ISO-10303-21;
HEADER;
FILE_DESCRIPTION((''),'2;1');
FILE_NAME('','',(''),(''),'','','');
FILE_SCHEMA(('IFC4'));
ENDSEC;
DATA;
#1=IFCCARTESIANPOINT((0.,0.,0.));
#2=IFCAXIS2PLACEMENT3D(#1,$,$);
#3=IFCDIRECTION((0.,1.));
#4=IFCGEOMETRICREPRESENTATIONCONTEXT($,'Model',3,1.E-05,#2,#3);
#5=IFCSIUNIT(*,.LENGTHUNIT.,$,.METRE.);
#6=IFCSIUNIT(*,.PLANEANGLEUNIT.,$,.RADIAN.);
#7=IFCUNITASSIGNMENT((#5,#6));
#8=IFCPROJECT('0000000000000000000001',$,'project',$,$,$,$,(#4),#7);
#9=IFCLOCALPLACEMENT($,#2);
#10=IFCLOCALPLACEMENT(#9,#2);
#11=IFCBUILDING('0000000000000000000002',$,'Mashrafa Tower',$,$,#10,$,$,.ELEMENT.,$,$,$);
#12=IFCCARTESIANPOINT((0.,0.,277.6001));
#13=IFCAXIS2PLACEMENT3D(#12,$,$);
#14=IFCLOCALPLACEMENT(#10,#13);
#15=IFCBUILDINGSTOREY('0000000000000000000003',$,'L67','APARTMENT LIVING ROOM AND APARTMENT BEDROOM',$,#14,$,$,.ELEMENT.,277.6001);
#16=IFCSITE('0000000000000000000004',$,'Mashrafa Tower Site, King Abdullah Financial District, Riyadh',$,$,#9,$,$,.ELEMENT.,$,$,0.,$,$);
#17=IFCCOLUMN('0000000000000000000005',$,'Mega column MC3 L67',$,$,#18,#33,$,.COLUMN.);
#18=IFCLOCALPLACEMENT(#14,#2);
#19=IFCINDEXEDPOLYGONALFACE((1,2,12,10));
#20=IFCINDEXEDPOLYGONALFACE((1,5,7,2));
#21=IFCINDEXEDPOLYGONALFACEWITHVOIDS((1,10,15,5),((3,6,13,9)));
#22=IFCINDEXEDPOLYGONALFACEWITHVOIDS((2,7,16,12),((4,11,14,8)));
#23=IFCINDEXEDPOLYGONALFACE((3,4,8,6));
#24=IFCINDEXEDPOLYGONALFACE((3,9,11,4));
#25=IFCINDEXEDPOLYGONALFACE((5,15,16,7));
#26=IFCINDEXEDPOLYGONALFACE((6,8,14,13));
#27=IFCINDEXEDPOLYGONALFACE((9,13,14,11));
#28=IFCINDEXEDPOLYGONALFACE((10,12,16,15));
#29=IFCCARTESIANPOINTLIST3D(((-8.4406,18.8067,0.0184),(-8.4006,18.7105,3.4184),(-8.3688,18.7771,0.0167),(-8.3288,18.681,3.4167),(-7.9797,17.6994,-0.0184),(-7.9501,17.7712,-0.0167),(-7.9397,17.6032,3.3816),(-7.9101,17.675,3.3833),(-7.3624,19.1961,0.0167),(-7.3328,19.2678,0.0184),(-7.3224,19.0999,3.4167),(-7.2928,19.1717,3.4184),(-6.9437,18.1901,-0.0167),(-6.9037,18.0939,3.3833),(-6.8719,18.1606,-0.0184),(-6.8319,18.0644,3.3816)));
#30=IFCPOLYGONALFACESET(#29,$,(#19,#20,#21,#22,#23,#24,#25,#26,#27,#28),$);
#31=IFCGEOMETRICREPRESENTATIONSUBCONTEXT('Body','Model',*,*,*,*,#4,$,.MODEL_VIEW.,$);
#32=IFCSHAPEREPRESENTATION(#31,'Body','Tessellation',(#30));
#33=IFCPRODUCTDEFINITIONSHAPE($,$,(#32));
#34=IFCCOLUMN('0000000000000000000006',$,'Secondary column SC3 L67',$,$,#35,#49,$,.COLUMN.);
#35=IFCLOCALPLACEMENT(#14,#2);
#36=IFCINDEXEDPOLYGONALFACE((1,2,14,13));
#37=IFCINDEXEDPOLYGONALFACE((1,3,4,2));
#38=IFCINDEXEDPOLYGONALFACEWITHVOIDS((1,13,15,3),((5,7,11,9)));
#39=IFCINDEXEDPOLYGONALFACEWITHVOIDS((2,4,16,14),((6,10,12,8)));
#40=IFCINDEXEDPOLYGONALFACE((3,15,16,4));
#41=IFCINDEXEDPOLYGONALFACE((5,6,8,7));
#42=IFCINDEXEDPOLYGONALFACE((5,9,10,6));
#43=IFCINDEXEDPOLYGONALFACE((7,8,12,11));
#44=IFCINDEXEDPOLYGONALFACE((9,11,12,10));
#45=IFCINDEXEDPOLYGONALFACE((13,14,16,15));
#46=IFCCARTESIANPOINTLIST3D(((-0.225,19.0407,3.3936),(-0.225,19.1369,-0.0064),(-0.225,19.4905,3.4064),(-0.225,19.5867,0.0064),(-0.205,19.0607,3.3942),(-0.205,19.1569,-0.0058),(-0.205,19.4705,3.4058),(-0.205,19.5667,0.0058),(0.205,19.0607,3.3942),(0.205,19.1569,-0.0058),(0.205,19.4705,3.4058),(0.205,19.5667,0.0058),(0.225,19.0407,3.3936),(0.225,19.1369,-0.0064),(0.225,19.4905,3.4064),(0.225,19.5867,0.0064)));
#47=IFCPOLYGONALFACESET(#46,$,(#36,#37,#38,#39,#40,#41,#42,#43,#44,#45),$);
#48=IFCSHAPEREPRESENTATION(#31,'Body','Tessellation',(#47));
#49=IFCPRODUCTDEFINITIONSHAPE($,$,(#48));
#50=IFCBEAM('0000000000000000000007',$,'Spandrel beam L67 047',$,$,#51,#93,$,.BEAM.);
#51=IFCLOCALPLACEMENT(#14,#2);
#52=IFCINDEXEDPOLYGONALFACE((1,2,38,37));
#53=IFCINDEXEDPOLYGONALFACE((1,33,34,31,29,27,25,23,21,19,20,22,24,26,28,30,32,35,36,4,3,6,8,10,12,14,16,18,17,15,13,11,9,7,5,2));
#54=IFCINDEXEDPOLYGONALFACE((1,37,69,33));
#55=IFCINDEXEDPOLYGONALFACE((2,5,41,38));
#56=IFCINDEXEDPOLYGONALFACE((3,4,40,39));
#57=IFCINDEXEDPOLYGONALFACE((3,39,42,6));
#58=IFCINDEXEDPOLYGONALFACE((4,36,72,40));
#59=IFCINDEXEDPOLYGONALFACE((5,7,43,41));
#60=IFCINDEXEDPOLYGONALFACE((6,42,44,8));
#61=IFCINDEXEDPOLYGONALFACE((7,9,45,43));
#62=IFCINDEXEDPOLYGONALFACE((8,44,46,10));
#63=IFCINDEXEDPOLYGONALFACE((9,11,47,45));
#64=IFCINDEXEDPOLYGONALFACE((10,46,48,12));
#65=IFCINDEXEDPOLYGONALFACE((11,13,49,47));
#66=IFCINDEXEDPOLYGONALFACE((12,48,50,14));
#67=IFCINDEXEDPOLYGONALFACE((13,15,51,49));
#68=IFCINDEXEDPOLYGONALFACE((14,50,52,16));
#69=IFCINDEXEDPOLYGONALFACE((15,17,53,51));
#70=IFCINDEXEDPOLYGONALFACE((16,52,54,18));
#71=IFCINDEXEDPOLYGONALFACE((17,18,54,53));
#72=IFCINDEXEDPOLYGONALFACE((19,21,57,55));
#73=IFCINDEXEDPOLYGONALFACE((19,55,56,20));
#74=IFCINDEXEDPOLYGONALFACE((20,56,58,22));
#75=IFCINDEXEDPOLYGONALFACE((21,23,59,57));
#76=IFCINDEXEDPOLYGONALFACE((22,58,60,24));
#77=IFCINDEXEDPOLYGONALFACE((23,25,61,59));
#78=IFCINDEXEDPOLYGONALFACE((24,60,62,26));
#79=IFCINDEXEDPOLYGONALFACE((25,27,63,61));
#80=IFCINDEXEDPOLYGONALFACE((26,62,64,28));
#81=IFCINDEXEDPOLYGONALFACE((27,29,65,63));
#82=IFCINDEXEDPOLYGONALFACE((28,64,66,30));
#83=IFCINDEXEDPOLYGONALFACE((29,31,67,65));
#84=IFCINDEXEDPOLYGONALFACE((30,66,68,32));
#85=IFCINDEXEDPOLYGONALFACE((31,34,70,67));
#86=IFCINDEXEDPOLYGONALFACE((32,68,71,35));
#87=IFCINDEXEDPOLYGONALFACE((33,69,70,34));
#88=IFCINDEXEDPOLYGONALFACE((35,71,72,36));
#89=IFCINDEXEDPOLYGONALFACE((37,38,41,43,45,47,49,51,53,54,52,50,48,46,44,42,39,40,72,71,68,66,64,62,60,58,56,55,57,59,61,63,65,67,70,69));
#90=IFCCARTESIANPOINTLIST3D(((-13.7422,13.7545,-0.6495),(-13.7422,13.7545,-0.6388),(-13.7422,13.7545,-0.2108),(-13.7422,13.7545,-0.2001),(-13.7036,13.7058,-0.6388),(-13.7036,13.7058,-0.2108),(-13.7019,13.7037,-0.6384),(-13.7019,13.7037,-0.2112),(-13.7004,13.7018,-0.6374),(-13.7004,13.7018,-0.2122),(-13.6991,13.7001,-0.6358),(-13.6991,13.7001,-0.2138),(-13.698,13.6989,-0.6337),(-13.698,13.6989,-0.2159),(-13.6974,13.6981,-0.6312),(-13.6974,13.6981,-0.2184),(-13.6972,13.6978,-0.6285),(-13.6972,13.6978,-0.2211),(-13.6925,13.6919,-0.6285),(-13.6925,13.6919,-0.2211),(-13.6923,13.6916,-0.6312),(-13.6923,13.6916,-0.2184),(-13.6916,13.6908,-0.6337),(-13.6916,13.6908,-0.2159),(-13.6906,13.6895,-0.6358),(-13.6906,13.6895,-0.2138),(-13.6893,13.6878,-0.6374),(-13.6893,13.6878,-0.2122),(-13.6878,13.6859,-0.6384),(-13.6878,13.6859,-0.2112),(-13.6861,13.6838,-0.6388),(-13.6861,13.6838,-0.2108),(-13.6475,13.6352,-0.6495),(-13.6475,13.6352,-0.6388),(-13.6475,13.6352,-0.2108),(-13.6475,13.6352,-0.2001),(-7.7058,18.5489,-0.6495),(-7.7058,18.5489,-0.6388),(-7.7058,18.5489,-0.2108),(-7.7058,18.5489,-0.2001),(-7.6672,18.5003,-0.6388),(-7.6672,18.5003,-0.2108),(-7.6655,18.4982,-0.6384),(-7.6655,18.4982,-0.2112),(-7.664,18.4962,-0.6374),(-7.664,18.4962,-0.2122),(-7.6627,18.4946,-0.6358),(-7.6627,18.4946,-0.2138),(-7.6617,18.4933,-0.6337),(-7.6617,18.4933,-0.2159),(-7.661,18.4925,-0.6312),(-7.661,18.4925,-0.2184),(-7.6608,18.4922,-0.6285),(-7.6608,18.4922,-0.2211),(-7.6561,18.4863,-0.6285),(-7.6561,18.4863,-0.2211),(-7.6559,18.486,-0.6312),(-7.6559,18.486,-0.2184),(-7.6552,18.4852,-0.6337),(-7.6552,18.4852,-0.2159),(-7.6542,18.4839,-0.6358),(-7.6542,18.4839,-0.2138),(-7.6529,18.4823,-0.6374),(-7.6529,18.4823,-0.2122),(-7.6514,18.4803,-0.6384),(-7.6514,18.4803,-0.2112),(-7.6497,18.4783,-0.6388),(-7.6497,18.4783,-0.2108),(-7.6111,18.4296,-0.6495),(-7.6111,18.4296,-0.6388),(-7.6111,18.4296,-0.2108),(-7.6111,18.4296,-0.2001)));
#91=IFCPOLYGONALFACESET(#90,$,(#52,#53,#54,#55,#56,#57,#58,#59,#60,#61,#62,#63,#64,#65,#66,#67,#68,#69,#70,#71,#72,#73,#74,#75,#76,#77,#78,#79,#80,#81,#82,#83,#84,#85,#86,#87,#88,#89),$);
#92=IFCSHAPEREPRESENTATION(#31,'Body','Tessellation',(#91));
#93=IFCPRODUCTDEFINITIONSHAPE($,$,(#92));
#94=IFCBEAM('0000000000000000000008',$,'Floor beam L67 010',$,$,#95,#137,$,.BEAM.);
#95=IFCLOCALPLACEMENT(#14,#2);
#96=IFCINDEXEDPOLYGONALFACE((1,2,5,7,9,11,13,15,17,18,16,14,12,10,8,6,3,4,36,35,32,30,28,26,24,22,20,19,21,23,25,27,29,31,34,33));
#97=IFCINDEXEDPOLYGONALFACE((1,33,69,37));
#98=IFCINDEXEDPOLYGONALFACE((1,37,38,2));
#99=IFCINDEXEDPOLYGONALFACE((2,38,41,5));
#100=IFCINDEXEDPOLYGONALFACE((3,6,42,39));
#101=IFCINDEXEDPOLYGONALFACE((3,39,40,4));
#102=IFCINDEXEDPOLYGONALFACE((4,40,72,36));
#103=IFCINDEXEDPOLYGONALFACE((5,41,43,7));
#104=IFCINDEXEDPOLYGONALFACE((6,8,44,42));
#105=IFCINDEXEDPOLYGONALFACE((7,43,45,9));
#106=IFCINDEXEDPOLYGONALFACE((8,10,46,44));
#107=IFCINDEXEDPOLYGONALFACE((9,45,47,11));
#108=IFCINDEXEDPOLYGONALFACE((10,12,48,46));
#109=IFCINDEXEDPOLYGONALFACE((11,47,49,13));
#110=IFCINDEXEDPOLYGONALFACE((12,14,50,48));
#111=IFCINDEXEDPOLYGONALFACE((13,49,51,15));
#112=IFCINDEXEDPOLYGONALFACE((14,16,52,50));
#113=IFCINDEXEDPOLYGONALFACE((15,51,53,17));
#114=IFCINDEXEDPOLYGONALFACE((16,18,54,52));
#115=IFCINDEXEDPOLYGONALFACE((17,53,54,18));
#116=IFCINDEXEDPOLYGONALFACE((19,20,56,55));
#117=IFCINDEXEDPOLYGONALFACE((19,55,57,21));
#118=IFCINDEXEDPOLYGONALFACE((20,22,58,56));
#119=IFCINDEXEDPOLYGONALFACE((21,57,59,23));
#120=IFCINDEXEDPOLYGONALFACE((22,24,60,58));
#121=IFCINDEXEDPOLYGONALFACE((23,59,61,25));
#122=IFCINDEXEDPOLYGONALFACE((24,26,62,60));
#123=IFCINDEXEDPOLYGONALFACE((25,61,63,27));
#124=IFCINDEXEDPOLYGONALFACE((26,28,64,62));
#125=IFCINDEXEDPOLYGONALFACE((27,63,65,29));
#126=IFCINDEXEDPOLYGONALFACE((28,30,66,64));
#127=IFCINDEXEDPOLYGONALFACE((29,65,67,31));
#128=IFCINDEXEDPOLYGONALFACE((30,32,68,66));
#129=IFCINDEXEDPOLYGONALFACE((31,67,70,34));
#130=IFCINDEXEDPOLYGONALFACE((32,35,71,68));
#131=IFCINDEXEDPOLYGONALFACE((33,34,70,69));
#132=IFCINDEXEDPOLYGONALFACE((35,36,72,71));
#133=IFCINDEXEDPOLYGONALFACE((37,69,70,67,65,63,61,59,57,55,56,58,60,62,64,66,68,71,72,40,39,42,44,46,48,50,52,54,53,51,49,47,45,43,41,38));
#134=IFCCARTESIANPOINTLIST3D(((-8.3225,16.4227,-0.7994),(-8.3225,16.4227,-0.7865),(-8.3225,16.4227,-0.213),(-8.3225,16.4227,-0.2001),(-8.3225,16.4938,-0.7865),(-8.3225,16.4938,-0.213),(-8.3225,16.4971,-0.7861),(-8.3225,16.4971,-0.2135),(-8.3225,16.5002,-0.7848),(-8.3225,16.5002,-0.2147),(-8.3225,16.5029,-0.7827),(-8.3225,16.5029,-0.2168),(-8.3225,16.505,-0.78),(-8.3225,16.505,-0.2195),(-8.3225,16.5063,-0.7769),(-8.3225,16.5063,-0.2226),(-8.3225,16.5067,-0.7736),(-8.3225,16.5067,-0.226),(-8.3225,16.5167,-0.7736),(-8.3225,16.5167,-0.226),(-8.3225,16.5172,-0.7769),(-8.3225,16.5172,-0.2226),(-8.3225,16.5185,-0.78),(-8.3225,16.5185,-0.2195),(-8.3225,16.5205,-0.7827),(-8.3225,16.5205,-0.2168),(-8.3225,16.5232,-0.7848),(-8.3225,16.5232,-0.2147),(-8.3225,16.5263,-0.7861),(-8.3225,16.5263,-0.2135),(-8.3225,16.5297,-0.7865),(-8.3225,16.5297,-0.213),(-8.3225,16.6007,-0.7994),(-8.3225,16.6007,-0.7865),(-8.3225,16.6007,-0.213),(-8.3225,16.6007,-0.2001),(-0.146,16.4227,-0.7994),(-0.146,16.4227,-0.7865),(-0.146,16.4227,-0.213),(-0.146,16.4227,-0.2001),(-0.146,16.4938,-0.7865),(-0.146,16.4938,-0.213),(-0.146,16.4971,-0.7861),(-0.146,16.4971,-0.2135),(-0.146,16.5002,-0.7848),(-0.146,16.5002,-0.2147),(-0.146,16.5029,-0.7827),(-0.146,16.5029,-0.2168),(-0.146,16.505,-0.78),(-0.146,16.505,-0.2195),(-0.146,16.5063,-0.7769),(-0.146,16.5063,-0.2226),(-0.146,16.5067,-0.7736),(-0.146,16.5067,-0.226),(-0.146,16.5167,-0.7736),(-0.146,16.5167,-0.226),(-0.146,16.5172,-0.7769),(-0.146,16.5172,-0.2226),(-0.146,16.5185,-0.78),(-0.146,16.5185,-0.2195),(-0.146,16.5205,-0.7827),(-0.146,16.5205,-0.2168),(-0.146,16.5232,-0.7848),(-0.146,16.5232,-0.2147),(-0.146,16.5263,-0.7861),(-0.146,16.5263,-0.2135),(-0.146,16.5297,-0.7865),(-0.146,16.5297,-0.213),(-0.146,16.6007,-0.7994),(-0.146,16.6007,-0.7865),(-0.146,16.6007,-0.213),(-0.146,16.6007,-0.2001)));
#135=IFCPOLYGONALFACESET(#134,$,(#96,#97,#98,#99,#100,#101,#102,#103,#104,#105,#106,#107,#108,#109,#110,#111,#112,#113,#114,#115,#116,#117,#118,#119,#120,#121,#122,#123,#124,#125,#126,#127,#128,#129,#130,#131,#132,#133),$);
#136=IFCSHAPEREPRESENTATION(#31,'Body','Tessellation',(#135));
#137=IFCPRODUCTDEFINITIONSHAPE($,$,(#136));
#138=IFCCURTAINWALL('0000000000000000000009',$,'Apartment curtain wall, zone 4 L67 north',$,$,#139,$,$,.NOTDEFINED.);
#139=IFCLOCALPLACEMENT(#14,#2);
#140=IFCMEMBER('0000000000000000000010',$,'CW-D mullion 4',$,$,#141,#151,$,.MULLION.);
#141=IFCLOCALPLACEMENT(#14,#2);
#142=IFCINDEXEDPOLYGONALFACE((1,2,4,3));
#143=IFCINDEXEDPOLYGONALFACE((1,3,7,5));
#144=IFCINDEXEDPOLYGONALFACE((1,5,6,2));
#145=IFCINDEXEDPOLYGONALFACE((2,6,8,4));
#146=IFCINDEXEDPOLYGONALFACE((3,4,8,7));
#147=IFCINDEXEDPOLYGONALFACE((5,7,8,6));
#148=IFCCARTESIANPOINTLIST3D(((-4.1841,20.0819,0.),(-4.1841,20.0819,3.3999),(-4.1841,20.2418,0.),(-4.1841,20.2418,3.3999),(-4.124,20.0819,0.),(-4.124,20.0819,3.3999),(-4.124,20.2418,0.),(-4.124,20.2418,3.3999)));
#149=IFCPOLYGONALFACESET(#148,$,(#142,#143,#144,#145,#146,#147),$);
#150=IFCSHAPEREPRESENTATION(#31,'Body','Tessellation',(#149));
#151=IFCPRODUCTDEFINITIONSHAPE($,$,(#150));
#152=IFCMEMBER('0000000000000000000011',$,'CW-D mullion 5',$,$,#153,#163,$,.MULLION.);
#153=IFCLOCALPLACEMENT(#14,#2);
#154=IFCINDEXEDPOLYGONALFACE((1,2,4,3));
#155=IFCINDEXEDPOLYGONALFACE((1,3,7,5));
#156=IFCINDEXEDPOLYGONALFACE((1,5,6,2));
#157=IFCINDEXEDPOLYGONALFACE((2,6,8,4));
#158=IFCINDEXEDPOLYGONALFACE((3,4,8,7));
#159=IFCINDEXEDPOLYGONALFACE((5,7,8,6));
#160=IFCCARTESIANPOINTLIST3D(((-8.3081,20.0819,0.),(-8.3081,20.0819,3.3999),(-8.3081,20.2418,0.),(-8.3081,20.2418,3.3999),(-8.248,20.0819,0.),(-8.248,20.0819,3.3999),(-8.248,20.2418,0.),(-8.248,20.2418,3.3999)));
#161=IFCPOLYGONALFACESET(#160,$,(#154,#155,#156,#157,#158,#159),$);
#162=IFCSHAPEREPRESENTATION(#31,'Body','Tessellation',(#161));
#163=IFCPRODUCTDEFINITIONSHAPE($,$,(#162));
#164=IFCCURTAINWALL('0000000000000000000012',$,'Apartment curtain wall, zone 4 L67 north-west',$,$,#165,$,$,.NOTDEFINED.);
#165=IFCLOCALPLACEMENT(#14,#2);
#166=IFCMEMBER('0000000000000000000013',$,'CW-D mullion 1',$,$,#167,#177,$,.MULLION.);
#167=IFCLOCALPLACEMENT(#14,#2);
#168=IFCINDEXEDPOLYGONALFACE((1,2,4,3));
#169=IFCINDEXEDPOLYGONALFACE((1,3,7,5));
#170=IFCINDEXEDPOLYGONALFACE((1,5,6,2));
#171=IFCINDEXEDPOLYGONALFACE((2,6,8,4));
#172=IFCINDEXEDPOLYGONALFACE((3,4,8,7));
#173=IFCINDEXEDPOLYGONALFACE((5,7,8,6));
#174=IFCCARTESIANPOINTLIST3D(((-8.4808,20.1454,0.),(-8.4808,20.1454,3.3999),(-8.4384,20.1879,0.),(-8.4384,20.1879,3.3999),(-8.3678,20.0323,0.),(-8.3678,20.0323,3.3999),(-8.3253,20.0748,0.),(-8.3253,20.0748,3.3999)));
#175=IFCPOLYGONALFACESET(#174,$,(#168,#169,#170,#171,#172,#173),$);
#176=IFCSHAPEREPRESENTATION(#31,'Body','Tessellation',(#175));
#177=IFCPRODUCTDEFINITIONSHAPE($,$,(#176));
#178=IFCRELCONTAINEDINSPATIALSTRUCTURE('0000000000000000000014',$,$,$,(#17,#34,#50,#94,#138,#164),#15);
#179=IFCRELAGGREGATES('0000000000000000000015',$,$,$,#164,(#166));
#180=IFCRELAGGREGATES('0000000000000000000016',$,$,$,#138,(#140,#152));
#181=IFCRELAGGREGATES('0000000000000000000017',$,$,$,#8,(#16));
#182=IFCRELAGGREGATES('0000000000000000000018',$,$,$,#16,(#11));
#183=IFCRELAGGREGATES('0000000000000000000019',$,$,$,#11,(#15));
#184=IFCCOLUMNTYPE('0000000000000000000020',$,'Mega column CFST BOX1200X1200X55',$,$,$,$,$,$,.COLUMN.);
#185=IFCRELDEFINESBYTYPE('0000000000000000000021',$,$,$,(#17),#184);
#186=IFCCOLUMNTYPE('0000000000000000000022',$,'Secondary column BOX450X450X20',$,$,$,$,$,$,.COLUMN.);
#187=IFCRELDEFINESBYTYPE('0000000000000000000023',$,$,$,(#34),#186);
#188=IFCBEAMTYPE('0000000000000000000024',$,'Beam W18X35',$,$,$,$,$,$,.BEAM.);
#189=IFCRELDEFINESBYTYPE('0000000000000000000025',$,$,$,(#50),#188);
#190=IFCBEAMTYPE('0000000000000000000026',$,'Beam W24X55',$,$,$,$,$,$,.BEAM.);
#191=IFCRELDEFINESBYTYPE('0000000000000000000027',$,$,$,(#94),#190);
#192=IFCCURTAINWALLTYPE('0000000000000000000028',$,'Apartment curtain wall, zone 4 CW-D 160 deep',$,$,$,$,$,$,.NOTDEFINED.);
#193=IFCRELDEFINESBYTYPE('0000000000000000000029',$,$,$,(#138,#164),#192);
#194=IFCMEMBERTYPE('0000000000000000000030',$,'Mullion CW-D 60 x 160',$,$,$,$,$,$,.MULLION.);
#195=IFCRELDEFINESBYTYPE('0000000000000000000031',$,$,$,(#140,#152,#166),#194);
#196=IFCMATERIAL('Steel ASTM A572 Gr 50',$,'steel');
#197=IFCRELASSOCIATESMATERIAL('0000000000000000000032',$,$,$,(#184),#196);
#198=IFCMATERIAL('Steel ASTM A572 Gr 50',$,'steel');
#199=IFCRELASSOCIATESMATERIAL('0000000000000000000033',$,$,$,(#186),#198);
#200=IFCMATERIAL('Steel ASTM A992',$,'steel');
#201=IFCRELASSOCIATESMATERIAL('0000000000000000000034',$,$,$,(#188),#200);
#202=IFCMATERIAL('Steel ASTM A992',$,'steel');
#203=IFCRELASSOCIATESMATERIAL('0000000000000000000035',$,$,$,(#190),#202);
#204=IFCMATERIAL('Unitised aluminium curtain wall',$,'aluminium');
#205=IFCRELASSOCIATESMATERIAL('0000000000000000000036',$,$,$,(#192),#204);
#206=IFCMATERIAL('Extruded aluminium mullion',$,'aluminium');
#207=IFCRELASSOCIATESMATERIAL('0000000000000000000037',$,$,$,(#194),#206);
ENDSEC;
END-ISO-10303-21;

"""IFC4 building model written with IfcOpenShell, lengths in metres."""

from ifc_helpers import new_model, si_unit, direction, frame, origin, origin_2d, place, context, subcontext, project, spatial, rectangle, hollow_rectangle, i_section, extrude, source, transform, mapped, material, material_profile, profile_set, type_object, type_shapes, element, aggregate, save


model = new_model("IFC4")

# Units and contexts
model_context = context("Model", 3, precision=1e-05, world=origin(), true_north=direction((0.0, 1.0)))
body_context = subcontext(model_context, "Body", "Model", "MODEL_VIEW")
ifc_project = project(units=[si_unit("LENGTHUNIT", "METRE"), si_unit("PLANEANGLEUNIT", "RADIAN")], contexts=[model_context])

# Site, building, storey
site_placement = place(None, origin())
site = spatial("IfcSite", under=ifc_project, at=site_placement, Name="Mashrafa Tower Site, King Abdullah Financial District, Riyadh", CompositionType="ELEMENT", RefElevation=0.0)
building_placement = place(site_placement, origin())
building = spatial("IfcBuilding", under=site, at=building_placement, Name="Mashrafa Tower", CompositionType="ELEMENT")
storey_placement = place(building_placement, frame((0.0, 0.0, 277.6001)))
storey = spatial("IfcBuildingStorey", under=building, at=storey_placement, Name="L67", Description="APARTMENT LIVING ROOM AND APARTMENT BEDROOM", CompositionType="ELEMENT", Elevation=277.6001)

# Columns
ifc_material_1 = material(Name="Steel ASTM A572 Gr 50", Category="steel")
ifc_material_profile_1 = material_profile(ifc_material_1, hollow_rectangle(XDim=1.2, YDim=1.2, WallThickness=0.0549, at=origin_2d()), Name="BOX1200X1200X55")
ifc_profile_set_1 = profile_set([ifc_material_profile_1], Name="Steel ASTM A572 Gr 50")
column_type_1 = type_object("IfcColumnType", Name="Mega column CFST BOX1200X1200X55", PredefinedType="COLUMN", material=ifc_profile_set_1)
column_1_placement = place(storey_placement, frame((-7.6562, 18.4836, 0.0), z_axis=(0.011771, -0.028279, 0.999531), x_axis=(0.923216, 0.384283, 0.0)))
element("IfcColumn", 1, at=column_1_placement, inside=storey, type_object=column_type_1, Name="Mega column MC3 L67", PredefinedType="COLUMN", context=body_context, shape_type="SweptSolid", body=[
    extrude(hollow_rectangle(XDim=1.2, YDim=1.2, WallThickness=0.0549, at=origin_2d()), origin(), (0.0, 0.0, 1.0), 3.4016),
])
ifc_material_2 = material(Name="Steel ASTM A572 Gr 50", Category="steel")
ifc_material_profile_2 = material_profile(ifc_material_2, hollow_rectangle(XDim=0.45, YDim=0.45, WallThickness=0.02, at=origin_2d()), Name="BOX450X450X20")
ifc_profile_set_2 = profile_set([ifc_material_profile_2], Name="Steel ASTM A572 Gr 50")
column_type_2 = type_object("IfcColumnType", Name="Secondary column BOX450X450X20", PredefinedType="COLUMN", material=ifc_profile_set_2)
column_2_placement = place(storey_placement, frame((0.0, 19.3618, 0.0), z_axis=(0.0, -0.028281, 0.9996), x_axis=(1.0, 0.0, 0.0)))
element("IfcColumn", 2, at=column_2_placement, inside=storey, type_object=column_type_2, Name="Secondary column SC3 L67", PredefinedType="COLUMN", context=body_context, shape_type="SweptSolid", body=[
    extrude(hollow_rectangle(XDim=0.45, YDim=0.45, WallThickness=0.02, at=origin_2d()), origin(), (0.0, 0.0, 1.0), 3.4014),
])

# Beams
ifc_material_3 = material(Name="Steel ASTM A992", Category="steel")
ifc_material_profile_3 = material_profile(ifc_material_3, i_section(OverallWidth=0.1523, OverallDepth=0.4495, WebThickness=0.0076, FlangeThickness=0.0107, FilletRadius=0.0103, at=origin_2d()), Name="W18X35")
ifc_profile_set_3 = profile_set([ifc_material_profile_3], Name="Steel ASTM A992")
beam_type_1 = type_object("IfcBeamType", Name="Beam W18X35", PredefinedType="BEAM", material=ifc_profile_set_3)
beam_1_placement = place(storey_placement, frame((-7.6584, 18.4893, -0.4248), z_axis=(-0.783058, -0.621949, 0.0), x_axis=(0.621949, -0.783058, 0.0)))
element("IfcBeam", 3, at=beam_1_placement, inside=storey, type_object=beam_type_1, Name="Spandrel beam L67 047", PredefinedType="BEAM", context=body_context, shape_type="SweptSolid", body=[
    extrude(i_section(OverallWidth=0.1523, OverallDepth=0.4495, WebThickness=0.0076, FlangeThickness=0.0107, FilletRadius=0.0103, at=origin_2d()), origin(), (0.0, 0.0, 1.0), 7.7087),
])
ifc_material_4 = material(Name="Steel ASTM A992", Category="steel")
ifc_material_profile_4 = material_profile(ifc_material_4, i_section(OverallWidth=0.178, OverallDepth=0.5994, WebThickness=0.01, FlangeThickness=0.0129, FilletRadius=0.0129, at=origin_2d()), Name="W24X55")
ifc_profile_set_4 = profile_set([ifc_material_profile_4], Name="Steel ASTM A992")
beam_type_2 = type_object("IfcBeamType", Name="Beam W24X55", PredefinedType="BEAM", material=ifc_profile_set_4)
beam_2_placement = place(storey_placement, frame((-8.3225, 16.5117, -0.4998), z_axis=(1.0, 0.0, 0.0), x_axis=(0.0, 1.0, 0.0)))
element("IfcBeam", 4, at=beam_2_placement, inside=storey, type_object=beam_type_2, Name="Floor beam L67 010", PredefinedType="BEAM", context=body_context, shape_type="SweptSolid", body=[
    extrude(i_section(OverallWidth=0.178, OverallDepth=0.5994, WebThickness=0.01, FlangeThickness=0.0129, FilletRadius=0.0129, at=origin_2d()), origin(), (0.0, 0.0, 1.0), 8.1765),
])

# Curtain wall, members
ifc_material_5 = material(Name="Unitised aluminium curtain wall", Category="aluminium")
curtain_wall_type = type_object("IfcCurtainWallType", Name="Apartment curtain wall, zone 4 CW-D 160 deep", PredefinedType="NOTDEFINED", material=ifc_material_5)
curtain_wall_1_placement = place(storey_placement, origin())
curtain_wall_1 = element("IfcCurtainWall", 5, at=curtain_wall_1_placement, inside=storey, type_object=curtain_wall_type, Name="Apartment curtain wall, zone 4 L67 north", PredefinedType="NOTDEFINED")
ifc_material_6 = material(Name="Extruded aluminium mullion", Category="aluminium")
ifc_material_profile_5 = material_profile(ifc_material_6, rectangle(XDim=0.1599, YDim=0.0601, at=origin_2d()), Name="Mullion 60x160")
ifc_profile_set_5 = profile_set([ifc_material_profile_5], Name="Extruded aluminium mullion")
member_type_1 = type_object("IfcMemberType", Name="Mullion CW-D 60 x 160", PredefinedType="MULLION", material=ifc_profile_set_5)
shared_shape_1 = source(origin(), body_context, "Body", "SweptSolid", [
    extrude(rectangle(XDim=0.1599, YDim=0.0601, at=origin_2d()), origin(), (0.0, 0.0, 1.0), 3.3999),
])
type_shapes(member_type_1, [shared_shape_1])
member_1_placement = place(storey_placement, frame((-4.1541, 20.1619, 0.0), z_axis=(0.0, 0.0, 1.0), x_axis=(0.0, -1.0, 0.0)))
member_1 = element("IfcMember", 6, at=member_1_placement, type_object=member_type_1, Name="CW-D mullion 4", PredefinedType="MULLION", context=body_context, shape_type="MappedRepresentation", body=[
    mapped(shared_shape_1, transform((0.0, 0.0, 0.0))),
])
member_2_placement = place(storey_placement, frame((-8.2781, 20.1619, 0.0), z_axis=(0.0, 0.0, 1.0), x_axis=(0.0, -1.0, 0.0)))
member_2 = element("IfcMember", 7, at=member_2_placement, type_object=member_type_1, Name="CW-D mullion 5", PredefinedType="MULLION", context=body_context, shape_type="MappedRepresentation", body=[
    mapped(shared_shape_1, transform((0.0, 0.0, 0.0))),
])

# Curtain wall, member
curtain_wall_2_placement = place(storey_placement, origin())
curtain_wall_2 = element("IfcCurtainWall", 8, at=curtain_wall_2_placement, inside=storey, type_object=curtain_wall_type, Name="Apartment curtain wall, zone 4 L67 north-west", PredefinedType="NOTDEFINED")
member_3_placement = place(storey_placement, frame((-8.4031, 20.1101, 0.0), z_axis=(0.0, 0.0, 1.0), x_axis=(0.707107, -0.707107, 0.0)))
member_3 = element("IfcMember", 9, at=member_3_placement, type_object=member_type_1, Name="CW-D mullion 1", PredefinedType="MULLION", context=body_context, shape_type="MappedRepresentation", body=[
    mapped(shared_shape_1, transform((0.0, 0.0, 0.0))),
])

aggregate(curtain_wall_2, [member_3])
aggregate(curtain_wall_1, [member_1, member_2])

save(model, "model.ifc")
